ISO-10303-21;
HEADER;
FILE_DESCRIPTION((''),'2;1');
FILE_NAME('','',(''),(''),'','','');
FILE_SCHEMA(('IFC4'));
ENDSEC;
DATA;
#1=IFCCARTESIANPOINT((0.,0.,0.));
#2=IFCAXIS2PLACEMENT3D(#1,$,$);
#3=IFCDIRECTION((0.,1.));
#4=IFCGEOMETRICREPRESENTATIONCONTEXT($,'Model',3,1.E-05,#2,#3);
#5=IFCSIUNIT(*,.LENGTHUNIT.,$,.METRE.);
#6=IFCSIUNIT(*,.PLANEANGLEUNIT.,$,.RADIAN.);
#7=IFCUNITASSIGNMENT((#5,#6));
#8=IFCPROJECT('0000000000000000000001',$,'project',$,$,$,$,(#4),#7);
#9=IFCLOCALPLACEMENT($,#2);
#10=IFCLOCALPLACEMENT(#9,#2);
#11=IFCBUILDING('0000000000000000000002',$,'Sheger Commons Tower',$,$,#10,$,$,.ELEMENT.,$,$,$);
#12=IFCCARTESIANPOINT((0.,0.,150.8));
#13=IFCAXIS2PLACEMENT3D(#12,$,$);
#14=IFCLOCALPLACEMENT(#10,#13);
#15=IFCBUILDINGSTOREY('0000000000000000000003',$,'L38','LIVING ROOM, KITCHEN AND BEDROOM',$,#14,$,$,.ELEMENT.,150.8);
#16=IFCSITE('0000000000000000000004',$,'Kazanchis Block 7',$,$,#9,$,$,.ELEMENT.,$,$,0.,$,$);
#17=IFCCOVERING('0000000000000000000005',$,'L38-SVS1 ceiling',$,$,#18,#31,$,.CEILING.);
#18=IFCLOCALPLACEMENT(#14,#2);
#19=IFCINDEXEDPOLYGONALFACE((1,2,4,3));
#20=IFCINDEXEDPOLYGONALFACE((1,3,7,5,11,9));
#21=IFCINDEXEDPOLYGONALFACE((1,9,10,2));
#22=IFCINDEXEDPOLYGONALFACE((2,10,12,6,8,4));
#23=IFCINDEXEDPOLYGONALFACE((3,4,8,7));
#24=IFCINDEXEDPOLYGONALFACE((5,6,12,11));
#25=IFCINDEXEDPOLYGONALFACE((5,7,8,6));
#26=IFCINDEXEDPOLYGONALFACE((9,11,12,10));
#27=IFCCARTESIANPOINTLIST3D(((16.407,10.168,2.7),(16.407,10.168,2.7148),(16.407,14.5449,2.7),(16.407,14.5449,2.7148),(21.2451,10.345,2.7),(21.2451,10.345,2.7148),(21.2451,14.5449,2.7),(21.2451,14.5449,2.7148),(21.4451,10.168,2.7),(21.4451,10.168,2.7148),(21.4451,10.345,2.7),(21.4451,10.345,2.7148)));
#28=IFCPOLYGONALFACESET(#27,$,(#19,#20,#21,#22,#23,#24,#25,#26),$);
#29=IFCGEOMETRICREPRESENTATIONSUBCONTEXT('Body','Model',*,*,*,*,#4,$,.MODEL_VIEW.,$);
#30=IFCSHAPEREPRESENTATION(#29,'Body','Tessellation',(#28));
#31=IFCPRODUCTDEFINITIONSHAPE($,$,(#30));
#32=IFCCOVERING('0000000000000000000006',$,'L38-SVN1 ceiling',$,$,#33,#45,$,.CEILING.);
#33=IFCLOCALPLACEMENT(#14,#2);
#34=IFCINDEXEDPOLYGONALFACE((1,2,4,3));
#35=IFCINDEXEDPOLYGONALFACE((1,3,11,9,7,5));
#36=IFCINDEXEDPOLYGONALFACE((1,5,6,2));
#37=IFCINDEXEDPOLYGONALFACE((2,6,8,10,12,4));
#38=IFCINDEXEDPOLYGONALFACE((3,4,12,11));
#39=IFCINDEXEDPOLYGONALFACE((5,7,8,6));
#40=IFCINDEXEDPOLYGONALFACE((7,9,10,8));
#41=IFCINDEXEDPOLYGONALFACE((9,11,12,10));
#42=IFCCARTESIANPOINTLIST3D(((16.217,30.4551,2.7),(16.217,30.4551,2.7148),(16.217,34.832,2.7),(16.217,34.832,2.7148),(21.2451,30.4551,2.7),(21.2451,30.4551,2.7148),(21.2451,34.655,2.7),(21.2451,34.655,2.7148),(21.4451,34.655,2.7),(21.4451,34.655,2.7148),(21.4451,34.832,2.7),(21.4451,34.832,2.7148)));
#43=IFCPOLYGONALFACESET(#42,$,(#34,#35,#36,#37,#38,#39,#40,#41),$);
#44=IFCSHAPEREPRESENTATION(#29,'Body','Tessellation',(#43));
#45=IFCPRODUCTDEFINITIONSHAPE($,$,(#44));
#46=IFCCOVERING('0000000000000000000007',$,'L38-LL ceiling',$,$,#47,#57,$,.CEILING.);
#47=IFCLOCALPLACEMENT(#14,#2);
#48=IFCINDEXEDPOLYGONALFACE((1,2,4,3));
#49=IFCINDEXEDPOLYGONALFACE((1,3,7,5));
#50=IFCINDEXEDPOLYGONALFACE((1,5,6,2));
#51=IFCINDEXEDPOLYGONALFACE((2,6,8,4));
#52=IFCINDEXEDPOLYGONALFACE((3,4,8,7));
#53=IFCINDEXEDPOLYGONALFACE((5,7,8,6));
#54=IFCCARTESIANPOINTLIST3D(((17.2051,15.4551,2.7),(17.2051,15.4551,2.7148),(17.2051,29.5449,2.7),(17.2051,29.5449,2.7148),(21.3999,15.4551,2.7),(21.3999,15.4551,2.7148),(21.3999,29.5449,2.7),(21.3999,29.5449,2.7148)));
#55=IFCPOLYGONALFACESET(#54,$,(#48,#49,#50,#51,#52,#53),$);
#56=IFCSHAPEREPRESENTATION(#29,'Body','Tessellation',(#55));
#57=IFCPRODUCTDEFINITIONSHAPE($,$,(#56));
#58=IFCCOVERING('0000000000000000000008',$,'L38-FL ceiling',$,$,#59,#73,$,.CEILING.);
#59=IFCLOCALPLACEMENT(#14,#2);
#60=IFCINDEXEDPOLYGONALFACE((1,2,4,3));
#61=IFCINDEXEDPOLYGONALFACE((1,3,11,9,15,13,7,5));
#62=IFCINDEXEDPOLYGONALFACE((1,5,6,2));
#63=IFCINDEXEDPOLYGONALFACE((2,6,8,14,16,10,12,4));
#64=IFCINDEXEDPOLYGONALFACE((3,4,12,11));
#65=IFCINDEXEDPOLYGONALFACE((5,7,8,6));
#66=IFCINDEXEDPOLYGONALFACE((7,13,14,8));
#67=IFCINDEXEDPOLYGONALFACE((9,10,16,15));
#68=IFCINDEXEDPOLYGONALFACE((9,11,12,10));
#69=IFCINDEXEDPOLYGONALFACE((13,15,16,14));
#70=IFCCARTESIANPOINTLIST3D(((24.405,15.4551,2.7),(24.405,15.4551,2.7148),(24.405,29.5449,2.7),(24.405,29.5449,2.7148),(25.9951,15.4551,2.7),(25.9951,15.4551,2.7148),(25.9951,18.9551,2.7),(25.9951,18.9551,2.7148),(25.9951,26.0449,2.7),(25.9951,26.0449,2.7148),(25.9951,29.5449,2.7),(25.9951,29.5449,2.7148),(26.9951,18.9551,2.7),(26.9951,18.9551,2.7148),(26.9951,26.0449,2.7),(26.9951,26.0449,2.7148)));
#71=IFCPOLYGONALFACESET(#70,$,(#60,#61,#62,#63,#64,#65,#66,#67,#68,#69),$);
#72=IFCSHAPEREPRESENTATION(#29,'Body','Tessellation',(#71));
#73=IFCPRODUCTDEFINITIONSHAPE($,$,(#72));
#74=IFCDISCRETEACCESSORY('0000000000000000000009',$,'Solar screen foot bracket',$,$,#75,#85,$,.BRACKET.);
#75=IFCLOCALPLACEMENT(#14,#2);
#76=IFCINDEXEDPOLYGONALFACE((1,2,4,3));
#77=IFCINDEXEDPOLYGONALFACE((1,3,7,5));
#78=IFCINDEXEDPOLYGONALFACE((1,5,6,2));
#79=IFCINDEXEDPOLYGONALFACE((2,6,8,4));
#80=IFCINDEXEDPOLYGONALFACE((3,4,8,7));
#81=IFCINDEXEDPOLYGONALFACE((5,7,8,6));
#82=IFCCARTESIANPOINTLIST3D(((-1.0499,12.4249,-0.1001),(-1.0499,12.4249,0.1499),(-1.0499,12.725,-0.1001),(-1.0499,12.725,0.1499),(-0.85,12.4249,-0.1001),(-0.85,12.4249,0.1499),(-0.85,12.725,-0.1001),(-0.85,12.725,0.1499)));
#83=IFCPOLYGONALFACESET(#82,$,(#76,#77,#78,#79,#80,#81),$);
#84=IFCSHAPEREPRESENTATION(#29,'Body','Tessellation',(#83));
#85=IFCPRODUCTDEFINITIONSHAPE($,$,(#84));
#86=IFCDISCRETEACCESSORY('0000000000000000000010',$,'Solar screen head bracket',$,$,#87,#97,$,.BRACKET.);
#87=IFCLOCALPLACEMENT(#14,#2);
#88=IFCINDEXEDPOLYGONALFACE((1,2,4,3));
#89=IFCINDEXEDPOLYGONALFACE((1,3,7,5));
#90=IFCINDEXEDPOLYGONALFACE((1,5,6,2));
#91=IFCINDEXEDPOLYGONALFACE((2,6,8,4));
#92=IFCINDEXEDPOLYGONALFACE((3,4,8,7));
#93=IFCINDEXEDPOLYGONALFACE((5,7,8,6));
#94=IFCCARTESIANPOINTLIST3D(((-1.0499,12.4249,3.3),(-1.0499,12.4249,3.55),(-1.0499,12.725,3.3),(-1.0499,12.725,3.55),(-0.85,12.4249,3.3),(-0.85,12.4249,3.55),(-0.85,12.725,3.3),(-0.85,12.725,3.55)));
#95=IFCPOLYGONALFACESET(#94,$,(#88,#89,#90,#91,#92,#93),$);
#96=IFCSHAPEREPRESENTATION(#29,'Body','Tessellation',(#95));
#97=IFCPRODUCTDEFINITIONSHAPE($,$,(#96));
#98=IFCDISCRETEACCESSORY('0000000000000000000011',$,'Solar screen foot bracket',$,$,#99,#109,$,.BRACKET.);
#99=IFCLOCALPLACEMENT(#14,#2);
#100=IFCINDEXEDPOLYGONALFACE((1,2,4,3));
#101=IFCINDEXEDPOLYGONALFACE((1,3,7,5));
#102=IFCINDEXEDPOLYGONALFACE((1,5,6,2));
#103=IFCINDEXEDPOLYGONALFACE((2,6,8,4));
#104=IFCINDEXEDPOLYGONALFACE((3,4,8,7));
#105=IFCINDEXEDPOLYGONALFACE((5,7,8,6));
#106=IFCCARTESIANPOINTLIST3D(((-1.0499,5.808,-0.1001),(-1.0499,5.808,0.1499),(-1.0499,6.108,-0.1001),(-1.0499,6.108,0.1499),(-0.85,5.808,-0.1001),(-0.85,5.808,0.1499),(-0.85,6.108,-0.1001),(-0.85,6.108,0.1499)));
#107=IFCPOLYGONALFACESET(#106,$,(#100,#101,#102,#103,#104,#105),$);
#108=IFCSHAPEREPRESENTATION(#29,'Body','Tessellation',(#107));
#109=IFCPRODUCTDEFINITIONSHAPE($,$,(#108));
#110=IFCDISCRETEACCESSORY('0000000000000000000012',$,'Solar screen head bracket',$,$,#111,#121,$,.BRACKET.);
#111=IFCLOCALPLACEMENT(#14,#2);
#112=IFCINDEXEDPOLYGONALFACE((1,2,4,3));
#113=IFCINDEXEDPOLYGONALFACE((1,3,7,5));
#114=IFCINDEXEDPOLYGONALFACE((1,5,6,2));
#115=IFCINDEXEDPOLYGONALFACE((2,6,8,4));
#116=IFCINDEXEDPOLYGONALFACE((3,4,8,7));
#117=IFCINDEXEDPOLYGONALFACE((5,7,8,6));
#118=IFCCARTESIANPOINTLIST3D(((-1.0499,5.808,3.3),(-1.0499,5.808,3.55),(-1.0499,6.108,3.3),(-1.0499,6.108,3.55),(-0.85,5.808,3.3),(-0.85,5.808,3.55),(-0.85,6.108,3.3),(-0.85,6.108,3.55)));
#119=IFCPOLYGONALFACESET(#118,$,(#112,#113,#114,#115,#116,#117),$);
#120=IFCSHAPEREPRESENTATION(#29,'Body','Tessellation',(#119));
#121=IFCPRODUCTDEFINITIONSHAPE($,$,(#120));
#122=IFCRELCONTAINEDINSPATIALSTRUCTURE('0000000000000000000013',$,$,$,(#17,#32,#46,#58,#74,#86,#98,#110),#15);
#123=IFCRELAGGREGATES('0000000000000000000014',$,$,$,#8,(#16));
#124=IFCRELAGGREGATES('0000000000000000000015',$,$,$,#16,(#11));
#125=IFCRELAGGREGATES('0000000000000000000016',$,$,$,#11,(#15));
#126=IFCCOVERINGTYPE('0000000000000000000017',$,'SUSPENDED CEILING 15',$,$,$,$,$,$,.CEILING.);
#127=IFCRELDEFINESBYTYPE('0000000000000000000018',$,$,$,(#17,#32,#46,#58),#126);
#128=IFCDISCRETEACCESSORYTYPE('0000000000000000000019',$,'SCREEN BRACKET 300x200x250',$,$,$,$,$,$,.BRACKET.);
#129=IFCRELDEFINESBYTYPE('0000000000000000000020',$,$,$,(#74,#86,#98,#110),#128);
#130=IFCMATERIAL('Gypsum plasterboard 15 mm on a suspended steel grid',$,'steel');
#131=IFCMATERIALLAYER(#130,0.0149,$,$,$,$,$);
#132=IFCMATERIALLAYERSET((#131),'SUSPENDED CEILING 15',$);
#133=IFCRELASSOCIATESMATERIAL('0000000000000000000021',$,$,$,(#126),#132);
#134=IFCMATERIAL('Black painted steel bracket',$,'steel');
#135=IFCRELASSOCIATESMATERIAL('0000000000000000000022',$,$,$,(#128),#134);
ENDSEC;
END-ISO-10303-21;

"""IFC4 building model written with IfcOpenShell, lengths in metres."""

from ifc_helpers import new_model, si_unit, direction, frame, origin, origin_2d, place, context, subcontext, project, spatial, polyline, rectangle, outline, extrude, material, layer, layer_set, type_object, element, save


model = new_model("IFC4")

# Units and contexts
model_context = context("Model", 3, precision=1e-05, world=origin(), true_north=direction((0.0, 1.0)))
body_context = subcontext(model_context, "Body", "Model", "MODEL_VIEW")
ifc_project = project(units=[si_unit("LENGTHUNIT", "METRE"), si_unit("PLANEANGLEUNIT", "RADIAN")], contexts=[model_context])

# Site, building, storey
site_placement = place(None, origin())
site = spatial("IfcSite", under=ifc_project, at=site_placement, Name="Kazanchis Block 7", CompositionType="ELEMENT", RefElevation=0.0)
building_placement = place(site_placement, origin())
building = spatial("IfcBuilding", under=site, at=building_placement, Name="Sheger Commons Tower", CompositionType="ELEMENT")
storey_placement = place(building_placement, frame((0.0, 0.0, 150.8)))
storey = spatial("IfcBuildingStorey", under=building, at=storey_placement, Name="L38", Description="LIVING ROOM, KITCHEN AND BEDROOM", CompositionType="ELEMENT", Elevation=150.8)

# Coverings
ifc_material_1 = material(Name="Gypsum plasterboard 15 mm on a suspended steel grid", Category="steel")
ifc_layer_1 = layer(ifc_material_1, 0.0149)
ifc_layer_set_1 = layer_set([ifc_layer_1], Name="SUSPENDED CEILING 15")
covering_type_1 = type_object("IfcCoveringType", Name="SUSPENDED CEILING 15", PredefinedType="CEILING", material=ifc_layer_set_1)
covering_1_placement = place(storey_placement, frame((0.0, 0.0, 2.7)))
element("IfcCovering", 1, at=covering_1_placement, inside=storey, type_object=covering_type_1, Name="L38-SVS1 ceiling", PredefinedType="CEILING", context=body_context, shape_type="SweptSolid", body=[
    extrude(outline(polyline([(16.407, 10.168), (21.4451, 10.168), (21.4451, 10.345), (21.2451, 10.345), (21.2451, 14.5449), (16.407, 14.5449), (16.407, 10.168)])), origin(), (0.0, 0.0, 1.0), 0.0149),
])
covering_2_placement = place(storey_placement, frame((0.0, 0.0, 2.7)))
element("IfcCovering", 2, at=covering_2_placement, inside=storey, type_object=covering_type_1, Name="L38-SVN1 ceiling", PredefinedType="CEILING", context=body_context, shape_type="SweptSolid", body=[
    extrude(outline(polyline([(16.217, 30.4551), (21.2451, 30.4551), (21.2451, 34.655), (21.4451, 34.655), (21.4451, 34.832), (16.217, 34.832), (16.217, 30.4551)])), origin(), (0.0, 0.0, 1.0), 0.0149),
])
covering_3_placement = place(storey_placement, frame((0.0, 0.0, 2.7)))
element("IfcCovering", 3, at=covering_3_placement, inside=storey, type_object=covering_type_1, Name="L38-LL ceiling", PredefinedType="CEILING", context=body_context, shape_type="SweptSolid", body=[
    extrude(outline(polyline([(17.2051, 15.4551), (21.3999, 15.4551), (21.3999, 29.5449), (17.2051, 29.5449), (17.2051, 15.4551)])), origin(), (0.0, 0.0, 1.0), 0.0149),
])
covering_4_placement = place(storey_placement, frame((0.0, 0.0, 2.7)))
element("IfcCovering", 4, at=covering_4_placement, inside=storey, type_object=covering_type_1, Name="L38-FL ceiling", PredefinedType="CEILING", context=body_context, shape_type="SweptSolid", body=[
    extrude(outline(polyline([(24.405, 15.4551), (25.9951, 15.4551), (25.9951, 18.9551), (26.9951, 18.9551), (26.9951, 26.0449), (25.9951, 26.0449), (25.9951, 29.5449), (24.405, 29.5449), (24.405, 15.4551)])), origin(), (0.0, 0.0, 1.0), 0.0149),
])

# Discrete accessories
ifc_material_2 = material(Name="Black painted steel bracket", Category="steel")
discrete_accessory_type = type_object("IfcDiscreteAccessoryType", Name="SCREEN BRACKET 300x200x250", PredefinedType="BRACKET", material=ifc_material_2)
for number, where, z_axis, x_axis, name in (
    (5, (-0.95, 12.575, -0.1001), (0.0, 0.0, 1.0), (0.0, -1.0, 0.0), "Solar screen foot bracket"),
    (6, (-0.95, 12.575, 3.3), (0.0, 0.0, 1.0), (0.0, -1.0, 0.0), "Solar screen head bracket"),
    (7, (-0.95, 5.958, -0.1001), (0.0, 0.0, 1.0), (0.0, -1.0, 0.0), "Solar screen foot bracket"),
    (8, (-0.95, 5.958, 3.3), (0.0, 0.0, 1.0), (0.0, -1.0, 0.0), "Solar screen head bracket"),
):
    element("IfcDiscreteAccessory", number, at=place(storey_placement, frame(where, z_axis=z_axis, x_axis=x_axis)), inside=storey, type_object=discrete_accessory_type, Name=name, PredefinedType="BRACKET", context=body_context, shape_type="SweptSolid", body=[
        extrude(rectangle(XDim=0.3, YDim=0.2, at=origin_2d()), origin(), (0.0, 0.0, 1.0), 0.25),
    ])

save(model, "model.ifc")
